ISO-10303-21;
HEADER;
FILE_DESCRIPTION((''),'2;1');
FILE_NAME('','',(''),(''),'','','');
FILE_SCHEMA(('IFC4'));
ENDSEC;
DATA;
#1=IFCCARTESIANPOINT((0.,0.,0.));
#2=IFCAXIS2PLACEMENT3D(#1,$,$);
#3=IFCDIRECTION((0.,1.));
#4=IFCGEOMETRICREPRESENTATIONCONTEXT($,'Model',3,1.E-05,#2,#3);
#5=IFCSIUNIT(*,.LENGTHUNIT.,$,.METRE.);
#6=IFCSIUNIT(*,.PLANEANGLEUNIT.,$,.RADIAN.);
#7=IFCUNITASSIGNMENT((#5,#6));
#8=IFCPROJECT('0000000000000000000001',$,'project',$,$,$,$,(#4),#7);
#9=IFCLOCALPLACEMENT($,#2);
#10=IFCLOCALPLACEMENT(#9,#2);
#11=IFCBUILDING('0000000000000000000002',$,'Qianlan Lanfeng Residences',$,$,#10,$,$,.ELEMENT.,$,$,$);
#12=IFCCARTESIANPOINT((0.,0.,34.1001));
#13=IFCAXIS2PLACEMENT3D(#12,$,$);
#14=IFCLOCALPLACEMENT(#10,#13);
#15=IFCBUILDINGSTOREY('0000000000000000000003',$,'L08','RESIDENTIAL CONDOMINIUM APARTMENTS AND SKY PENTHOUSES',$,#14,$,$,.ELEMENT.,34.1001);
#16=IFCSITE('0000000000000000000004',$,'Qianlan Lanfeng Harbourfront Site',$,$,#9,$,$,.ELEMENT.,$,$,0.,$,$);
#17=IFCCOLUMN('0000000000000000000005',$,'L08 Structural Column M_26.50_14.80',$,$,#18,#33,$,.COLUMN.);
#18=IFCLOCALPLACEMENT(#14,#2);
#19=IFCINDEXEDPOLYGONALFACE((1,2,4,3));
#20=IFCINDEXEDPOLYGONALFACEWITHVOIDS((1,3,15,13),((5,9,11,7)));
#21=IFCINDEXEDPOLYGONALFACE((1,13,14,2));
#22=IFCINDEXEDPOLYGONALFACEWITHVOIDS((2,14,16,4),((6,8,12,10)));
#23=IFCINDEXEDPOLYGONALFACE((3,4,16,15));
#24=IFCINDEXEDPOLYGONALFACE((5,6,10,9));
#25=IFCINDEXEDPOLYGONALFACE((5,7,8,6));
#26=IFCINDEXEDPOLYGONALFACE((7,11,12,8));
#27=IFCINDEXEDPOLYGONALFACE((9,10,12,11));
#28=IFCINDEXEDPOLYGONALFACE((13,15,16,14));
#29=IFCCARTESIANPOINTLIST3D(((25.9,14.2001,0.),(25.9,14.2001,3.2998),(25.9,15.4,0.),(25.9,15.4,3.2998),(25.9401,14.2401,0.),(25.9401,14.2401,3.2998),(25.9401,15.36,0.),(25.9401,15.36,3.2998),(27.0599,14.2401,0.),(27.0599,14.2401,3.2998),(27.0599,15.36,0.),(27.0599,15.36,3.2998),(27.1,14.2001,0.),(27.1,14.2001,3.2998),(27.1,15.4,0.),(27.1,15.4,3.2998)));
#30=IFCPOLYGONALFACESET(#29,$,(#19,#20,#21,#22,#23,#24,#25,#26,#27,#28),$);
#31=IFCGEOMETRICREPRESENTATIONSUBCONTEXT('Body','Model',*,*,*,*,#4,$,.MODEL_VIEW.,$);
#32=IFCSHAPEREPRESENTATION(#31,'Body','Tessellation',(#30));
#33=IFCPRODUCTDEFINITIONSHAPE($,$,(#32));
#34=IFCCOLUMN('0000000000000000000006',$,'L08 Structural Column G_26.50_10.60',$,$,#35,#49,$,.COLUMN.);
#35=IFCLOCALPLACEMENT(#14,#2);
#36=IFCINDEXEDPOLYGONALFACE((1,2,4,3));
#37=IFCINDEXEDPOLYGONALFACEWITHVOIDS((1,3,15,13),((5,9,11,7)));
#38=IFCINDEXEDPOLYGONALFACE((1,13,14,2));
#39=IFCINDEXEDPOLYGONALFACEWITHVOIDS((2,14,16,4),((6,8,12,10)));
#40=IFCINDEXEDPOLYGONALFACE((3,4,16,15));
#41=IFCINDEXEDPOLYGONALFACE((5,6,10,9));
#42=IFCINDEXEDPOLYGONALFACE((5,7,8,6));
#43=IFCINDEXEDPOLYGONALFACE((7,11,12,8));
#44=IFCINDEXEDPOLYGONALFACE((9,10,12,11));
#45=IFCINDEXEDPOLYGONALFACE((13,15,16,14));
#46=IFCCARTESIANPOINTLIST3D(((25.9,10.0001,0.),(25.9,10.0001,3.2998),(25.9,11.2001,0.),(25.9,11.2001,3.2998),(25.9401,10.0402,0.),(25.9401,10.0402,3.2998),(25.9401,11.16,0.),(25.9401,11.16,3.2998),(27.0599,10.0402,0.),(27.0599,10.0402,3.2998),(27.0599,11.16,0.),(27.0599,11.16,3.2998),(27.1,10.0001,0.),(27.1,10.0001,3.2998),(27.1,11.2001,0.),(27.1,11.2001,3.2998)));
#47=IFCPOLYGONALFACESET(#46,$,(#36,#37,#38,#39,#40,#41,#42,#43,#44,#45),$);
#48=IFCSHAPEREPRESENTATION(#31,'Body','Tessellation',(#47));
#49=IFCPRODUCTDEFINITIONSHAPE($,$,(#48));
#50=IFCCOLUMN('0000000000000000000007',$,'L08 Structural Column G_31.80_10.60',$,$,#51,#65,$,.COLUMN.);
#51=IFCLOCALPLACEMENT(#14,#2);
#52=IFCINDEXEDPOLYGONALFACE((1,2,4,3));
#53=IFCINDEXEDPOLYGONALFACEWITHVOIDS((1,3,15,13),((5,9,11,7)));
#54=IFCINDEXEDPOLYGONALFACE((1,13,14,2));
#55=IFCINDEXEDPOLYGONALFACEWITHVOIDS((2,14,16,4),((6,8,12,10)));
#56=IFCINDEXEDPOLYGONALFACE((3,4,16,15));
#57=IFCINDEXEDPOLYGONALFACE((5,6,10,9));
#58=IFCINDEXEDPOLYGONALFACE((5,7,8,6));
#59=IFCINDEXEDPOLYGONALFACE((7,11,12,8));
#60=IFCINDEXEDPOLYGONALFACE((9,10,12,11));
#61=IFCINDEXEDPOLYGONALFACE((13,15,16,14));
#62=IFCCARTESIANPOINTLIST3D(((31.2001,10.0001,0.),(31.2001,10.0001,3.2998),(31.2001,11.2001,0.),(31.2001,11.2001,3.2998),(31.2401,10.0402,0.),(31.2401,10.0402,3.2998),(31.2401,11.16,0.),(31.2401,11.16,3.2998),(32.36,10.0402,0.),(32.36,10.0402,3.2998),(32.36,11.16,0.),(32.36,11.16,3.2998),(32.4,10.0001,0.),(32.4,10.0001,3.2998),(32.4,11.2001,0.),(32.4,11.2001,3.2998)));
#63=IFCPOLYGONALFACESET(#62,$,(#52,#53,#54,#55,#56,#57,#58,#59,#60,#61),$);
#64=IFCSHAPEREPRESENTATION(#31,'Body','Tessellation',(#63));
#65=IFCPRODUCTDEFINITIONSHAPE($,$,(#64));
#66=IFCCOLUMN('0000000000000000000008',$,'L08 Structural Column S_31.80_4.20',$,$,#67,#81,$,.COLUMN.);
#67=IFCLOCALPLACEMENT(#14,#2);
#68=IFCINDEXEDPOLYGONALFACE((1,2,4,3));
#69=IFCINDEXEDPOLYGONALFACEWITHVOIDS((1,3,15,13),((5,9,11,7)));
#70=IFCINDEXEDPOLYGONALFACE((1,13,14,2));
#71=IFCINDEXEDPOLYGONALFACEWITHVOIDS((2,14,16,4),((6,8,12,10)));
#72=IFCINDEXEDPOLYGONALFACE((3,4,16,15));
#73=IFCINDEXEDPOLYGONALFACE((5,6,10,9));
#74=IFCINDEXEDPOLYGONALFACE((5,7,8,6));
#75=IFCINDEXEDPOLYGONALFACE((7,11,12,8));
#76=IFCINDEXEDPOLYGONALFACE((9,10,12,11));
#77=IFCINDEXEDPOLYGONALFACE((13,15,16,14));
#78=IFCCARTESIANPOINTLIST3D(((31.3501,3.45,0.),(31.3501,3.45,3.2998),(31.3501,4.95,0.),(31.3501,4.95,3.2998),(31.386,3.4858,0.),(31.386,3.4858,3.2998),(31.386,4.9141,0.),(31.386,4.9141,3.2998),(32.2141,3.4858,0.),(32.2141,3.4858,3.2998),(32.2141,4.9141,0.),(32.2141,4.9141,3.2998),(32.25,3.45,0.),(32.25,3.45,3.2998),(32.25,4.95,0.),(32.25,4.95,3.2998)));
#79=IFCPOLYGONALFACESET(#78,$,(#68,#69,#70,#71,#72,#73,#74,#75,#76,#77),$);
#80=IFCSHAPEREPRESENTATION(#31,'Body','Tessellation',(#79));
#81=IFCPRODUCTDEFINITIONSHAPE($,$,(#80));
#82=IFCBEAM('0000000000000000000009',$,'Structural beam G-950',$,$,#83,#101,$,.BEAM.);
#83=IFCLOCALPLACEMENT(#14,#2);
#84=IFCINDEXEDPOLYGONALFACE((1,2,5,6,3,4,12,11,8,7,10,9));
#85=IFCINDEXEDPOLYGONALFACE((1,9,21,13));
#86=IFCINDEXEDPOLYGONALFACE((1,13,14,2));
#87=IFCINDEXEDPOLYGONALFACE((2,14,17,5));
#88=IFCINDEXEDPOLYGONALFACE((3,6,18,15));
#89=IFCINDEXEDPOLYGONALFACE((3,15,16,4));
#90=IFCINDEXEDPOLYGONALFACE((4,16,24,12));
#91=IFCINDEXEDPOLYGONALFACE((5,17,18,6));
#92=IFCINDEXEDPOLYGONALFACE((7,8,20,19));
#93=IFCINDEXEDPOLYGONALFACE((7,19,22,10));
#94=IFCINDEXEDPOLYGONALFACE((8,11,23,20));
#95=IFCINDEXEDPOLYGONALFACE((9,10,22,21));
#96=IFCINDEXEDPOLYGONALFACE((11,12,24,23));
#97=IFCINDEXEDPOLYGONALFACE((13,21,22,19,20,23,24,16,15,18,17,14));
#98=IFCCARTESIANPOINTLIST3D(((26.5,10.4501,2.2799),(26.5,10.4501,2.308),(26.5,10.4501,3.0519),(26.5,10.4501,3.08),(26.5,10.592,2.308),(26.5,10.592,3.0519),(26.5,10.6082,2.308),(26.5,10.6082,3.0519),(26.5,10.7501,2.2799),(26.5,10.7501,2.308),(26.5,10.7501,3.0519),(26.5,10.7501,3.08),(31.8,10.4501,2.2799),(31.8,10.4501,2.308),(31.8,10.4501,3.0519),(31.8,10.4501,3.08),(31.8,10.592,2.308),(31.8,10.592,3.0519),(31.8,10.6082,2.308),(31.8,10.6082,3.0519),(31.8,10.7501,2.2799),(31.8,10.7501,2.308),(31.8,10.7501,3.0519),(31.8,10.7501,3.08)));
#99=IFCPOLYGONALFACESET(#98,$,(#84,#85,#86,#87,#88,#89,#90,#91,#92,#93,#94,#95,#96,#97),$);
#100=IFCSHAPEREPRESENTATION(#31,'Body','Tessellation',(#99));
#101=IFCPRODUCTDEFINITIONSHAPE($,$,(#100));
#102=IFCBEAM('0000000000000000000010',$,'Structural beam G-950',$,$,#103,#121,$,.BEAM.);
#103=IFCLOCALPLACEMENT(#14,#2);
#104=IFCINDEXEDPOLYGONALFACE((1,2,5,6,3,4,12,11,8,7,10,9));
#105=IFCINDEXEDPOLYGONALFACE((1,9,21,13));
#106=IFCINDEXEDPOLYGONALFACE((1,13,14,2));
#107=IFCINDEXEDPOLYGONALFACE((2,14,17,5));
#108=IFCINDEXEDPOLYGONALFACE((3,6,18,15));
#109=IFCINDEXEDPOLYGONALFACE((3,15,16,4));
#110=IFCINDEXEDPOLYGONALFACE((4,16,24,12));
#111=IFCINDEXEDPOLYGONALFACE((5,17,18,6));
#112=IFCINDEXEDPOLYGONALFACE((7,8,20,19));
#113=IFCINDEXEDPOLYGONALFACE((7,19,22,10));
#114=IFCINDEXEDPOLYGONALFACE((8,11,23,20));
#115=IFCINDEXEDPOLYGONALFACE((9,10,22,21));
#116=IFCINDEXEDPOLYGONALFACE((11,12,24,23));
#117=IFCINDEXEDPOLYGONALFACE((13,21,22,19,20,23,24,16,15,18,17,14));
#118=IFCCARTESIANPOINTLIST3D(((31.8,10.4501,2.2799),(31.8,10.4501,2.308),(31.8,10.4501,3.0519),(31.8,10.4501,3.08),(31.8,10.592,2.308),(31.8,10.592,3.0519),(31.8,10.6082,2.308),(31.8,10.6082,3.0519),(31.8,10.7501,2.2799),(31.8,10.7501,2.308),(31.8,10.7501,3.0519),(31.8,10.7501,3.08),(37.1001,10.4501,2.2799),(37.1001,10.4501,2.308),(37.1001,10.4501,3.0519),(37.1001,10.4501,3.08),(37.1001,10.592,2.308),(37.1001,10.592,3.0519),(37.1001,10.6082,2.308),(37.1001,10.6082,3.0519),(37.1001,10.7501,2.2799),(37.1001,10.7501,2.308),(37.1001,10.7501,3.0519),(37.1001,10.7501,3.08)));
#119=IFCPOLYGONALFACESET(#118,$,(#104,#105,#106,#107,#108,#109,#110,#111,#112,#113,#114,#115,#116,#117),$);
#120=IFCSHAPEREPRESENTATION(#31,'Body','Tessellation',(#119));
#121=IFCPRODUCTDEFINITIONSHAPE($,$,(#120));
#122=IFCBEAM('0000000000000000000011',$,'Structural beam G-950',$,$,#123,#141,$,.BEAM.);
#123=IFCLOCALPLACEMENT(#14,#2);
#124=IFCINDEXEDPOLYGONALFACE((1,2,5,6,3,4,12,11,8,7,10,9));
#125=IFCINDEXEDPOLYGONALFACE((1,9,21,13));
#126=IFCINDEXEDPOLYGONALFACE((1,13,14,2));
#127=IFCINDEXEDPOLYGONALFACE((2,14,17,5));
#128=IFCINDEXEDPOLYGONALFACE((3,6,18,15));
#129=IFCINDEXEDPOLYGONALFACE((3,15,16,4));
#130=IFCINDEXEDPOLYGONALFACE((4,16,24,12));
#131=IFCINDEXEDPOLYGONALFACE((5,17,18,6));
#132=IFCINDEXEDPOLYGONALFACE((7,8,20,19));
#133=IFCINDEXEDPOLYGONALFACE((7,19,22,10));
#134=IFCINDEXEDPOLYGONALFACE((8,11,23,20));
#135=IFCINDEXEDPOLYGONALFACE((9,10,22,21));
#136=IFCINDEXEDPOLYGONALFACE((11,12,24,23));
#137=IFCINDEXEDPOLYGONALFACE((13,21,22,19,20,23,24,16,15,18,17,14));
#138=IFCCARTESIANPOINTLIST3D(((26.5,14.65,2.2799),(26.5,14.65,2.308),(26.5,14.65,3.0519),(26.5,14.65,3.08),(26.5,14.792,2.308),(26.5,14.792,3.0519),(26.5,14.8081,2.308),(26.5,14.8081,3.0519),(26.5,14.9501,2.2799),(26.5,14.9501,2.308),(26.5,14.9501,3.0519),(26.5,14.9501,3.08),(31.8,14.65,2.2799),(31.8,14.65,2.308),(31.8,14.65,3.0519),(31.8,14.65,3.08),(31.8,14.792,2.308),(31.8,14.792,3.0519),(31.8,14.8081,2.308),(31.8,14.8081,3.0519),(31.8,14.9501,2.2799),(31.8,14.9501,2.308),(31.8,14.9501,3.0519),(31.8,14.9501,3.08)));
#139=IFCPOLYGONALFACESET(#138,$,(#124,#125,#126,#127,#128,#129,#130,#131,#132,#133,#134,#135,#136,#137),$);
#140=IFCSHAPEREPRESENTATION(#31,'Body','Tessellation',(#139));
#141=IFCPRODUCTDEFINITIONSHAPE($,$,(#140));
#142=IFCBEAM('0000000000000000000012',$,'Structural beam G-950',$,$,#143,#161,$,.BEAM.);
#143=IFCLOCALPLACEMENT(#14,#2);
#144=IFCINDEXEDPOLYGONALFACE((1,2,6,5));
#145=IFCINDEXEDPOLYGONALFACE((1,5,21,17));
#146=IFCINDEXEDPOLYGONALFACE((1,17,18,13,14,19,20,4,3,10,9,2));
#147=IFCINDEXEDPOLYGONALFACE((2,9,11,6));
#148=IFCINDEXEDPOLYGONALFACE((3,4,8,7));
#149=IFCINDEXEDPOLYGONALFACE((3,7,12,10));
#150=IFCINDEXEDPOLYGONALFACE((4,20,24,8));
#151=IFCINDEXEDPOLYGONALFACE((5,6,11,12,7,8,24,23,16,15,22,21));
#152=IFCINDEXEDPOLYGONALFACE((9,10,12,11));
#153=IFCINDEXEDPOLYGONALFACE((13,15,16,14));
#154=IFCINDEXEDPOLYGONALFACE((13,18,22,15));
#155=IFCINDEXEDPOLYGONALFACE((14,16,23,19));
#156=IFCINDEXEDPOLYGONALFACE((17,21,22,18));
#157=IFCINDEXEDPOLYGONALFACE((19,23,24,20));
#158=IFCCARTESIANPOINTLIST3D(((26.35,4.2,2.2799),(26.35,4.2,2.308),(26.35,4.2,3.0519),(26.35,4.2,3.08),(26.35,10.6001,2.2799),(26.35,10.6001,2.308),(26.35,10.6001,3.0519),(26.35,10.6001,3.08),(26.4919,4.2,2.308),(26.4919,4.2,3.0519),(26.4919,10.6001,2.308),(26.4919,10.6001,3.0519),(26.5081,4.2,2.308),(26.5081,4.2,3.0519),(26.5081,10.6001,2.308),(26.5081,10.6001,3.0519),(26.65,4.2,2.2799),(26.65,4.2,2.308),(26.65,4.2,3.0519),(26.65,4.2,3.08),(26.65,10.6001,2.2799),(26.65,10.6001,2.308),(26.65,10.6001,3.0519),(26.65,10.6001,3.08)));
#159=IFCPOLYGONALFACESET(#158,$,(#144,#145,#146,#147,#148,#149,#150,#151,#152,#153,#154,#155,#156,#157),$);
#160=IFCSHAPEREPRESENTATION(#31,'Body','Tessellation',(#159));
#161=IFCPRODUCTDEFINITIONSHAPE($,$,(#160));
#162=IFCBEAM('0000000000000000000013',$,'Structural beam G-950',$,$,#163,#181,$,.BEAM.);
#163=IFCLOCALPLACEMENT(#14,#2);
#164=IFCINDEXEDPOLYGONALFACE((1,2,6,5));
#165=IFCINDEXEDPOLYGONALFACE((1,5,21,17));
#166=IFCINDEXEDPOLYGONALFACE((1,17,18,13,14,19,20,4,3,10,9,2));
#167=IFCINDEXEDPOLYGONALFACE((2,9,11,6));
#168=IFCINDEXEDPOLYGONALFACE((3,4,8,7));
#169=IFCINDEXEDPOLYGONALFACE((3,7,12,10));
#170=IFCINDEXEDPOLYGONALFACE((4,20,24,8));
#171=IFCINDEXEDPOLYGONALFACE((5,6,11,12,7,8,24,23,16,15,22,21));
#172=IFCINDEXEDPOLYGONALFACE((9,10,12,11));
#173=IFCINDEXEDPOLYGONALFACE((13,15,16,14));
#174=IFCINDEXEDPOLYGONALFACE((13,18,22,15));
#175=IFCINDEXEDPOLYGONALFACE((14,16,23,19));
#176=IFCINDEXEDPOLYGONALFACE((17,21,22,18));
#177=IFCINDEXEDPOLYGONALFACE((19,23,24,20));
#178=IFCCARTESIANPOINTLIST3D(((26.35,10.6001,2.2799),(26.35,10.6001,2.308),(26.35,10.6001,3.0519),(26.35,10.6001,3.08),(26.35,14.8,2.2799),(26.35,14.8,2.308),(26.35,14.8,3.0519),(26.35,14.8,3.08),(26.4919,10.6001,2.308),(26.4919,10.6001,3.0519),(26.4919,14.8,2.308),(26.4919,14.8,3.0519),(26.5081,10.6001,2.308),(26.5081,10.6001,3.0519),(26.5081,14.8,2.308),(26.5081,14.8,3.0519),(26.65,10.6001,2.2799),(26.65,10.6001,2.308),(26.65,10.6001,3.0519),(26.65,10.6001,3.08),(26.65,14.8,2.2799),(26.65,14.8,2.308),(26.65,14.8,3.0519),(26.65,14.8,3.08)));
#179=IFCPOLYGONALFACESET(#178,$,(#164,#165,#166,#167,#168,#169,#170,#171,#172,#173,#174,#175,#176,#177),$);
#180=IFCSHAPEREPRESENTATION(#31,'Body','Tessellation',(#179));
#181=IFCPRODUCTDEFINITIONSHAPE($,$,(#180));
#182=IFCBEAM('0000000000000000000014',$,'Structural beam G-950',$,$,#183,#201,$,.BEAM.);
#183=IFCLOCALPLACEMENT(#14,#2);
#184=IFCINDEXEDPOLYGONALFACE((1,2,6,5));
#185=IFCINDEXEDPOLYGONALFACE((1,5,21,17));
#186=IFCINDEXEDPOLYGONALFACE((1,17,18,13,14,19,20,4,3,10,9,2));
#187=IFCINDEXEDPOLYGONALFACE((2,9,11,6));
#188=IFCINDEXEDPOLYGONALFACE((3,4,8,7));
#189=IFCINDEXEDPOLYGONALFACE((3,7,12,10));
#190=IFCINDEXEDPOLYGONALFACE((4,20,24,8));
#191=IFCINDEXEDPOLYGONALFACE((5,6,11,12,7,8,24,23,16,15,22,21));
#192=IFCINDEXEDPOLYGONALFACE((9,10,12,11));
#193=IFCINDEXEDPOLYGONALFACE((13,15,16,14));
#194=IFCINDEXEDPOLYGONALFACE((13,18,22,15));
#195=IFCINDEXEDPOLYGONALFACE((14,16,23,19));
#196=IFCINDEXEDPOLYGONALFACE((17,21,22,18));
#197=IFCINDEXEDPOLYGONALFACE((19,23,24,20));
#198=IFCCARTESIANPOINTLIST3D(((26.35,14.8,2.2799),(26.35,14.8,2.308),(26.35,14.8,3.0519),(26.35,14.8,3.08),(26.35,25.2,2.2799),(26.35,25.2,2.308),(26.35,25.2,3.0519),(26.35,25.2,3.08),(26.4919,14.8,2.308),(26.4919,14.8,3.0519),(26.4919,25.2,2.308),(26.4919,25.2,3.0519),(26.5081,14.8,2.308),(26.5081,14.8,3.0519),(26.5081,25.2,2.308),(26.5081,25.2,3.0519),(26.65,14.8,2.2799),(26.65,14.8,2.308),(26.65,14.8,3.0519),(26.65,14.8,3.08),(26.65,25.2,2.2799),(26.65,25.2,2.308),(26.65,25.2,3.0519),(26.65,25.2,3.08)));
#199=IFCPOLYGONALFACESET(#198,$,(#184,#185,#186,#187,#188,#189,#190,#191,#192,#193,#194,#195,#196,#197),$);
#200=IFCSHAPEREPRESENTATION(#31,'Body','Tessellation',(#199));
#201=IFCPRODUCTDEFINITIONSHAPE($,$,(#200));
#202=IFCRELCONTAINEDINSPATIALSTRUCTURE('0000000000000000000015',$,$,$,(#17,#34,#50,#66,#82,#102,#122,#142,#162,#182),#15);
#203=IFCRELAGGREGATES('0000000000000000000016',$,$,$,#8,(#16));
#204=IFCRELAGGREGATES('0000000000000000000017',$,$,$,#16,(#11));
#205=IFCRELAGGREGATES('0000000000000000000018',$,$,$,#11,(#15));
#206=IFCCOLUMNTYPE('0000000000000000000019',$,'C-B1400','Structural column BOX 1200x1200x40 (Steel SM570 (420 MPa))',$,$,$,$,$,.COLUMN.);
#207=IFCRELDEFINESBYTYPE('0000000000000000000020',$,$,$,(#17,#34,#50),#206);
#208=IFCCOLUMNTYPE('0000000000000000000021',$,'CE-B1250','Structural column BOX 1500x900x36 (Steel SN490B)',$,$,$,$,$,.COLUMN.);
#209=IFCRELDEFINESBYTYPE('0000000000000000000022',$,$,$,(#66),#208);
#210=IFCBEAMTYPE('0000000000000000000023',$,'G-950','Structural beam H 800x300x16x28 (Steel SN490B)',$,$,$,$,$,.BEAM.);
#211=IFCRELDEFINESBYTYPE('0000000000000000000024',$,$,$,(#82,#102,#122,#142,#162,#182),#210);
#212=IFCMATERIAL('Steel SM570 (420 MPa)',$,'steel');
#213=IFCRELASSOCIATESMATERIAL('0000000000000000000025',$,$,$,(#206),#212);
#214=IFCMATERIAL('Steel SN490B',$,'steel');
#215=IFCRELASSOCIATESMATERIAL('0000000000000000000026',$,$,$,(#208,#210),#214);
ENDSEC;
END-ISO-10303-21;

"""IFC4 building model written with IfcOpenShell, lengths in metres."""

from ifc_helpers import new_model, si_unit, direction, frame, origin, origin_2d, place, context, subcontext, project, spatial, hollow_rectangle, i_section, extrude, material, material_profile, profile_set, type_object, element, save


model = new_model("IFC4")

# Units and contexts
model_context = context("Model", 3, precision=1e-05, world=origin(), true_north=direction((0.0, 1.0)))
body_context = subcontext(model_context, "Body", "Model", "MODEL_VIEW")
ifc_project = project(units=[si_unit("LENGTHUNIT", "METRE"), si_unit("PLANEANGLEUNIT", "RADIAN")], contexts=[model_context])

# Site, building, storey
site_placement = place(None, origin())
site = spatial("IfcSite", under=ifc_project, at=site_placement, Name="Qianlan Lanfeng Harbourfront Site", CompositionType="ELEMENT", RefElevation=0.0)
building_placement = place(site_placement, origin())
building = spatial("IfcBuilding", under=site, at=building_placement, Name="Qianlan Lanfeng Residences", CompositionType="ELEMENT")
storey_placement = place(building_placement, frame((0.0, 0.0, 34.1001)))
storey = spatial("IfcBuildingStorey", under=building, at=storey_placement, Name="L08", Description="RESIDENTIAL CONDOMINIUM APARTMENTS AND SKY PENTHOUSES", CompositionType="ELEMENT", Elevation=34.1001)

# Columns
ifc_material_1 = material(Name="Steel SM570 (420 MPa)", Category="steel")
ifc_material_profile_1 = material_profile(ifc_material_1, hollow_rectangle(XDim=1.2, YDim=1.2, WallThickness=0.04, at=origin_2d()), Name="BOX 1200x1200x40")
ifc_profile_set_1 = profile_set([ifc_material_profile_1], Name="Steel SM570 (420 MPa)")
column_type_1 = type_object("IfcColumnType", Name="C-B1400", Description="Structural column BOX 1200x1200x40 (Steel SM570 (420 MPa))", PredefinedType="COLUMN", material=ifc_profile_set_1)
for number, where, z_axis, x_axis, name in (
    (1, (26.5, 14.8, 0.0), (0.0, 0.0, 1.0), (1.0, 0.0, 0.0), "L08 Structural Column M_26.50_14.80"),
    (2, (26.5, 10.6001, 0.0), (0.0, 0.0, 1.0), (1.0, 0.0, 0.0), "L08 Structural Column G_26.50_10.60"),
    (3, (31.8, 10.6001, 0.0), (0.0, 0.0, 1.0), (1.0, 0.0, 0.0), "L08 Structural Column G_31.80_10.60"),
):
    element("IfcColumn", number, at=place(storey_placement, frame(where, z_axis=z_axis, x_axis=x_axis)), inside=storey, type_object=column_type_1, Name=name, PredefinedType="COLUMN", context=body_context, shape_type="SweptSolid", body=[
        extrude(hollow_rectangle(XDim=1.2, YDim=1.2, WallThickness=0.04, at=origin_2d()), origin(), (0.0, 0.0, 1.0), 3.2998),
    ])
ifc_material_2 = material(Name="Steel SN490B", Category="steel")
ifc_material_profile_2 = material_profile(ifc_material_2, hollow_rectangle(XDim=0.8999, YDim=1.5, WallThickness=0.0359, at=origin_2d()), Name="BOX 1500x900x36")
ifc_profile_set_2 = profile_set([ifc_material_profile_2], Name="Steel SN490B")
column_type_2 = type_object("IfcColumnType", Name="CE-B1250", Description="Structural column BOX 1500x900x36 (Steel SN490B)", PredefinedType="COLUMN", material=ifc_profile_set_2)
column_placement = place(storey_placement, frame((31.8, 4.2, 0.0), z_axis=(0.0, 0.0, 1.0), x_axis=(1.0, 0.0, 0.0)))
element("IfcColumn", 4, at=column_placement, inside=storey, type_object=column_type_2, Name="L08 Structural Column S_31.80_4.20", PredefinedType="COLUMN", context=body_context, shape_type="SweptSolid", body=[
    extrude(hollow_rectangle(XDim=0.8999, YDim=1.5, WallThickness=0.0359, at=origin_2d()), origin(), (0.0, 0.0, 1.0), 3.2998),
])

# Beams
ifc_material_profile_3 = material_profile(ifc_material_2, i_section(OverallWidth=0.3, OverallDepth=0.8, WebThickness=0.0161, FlangeThickness=0.0281, at=origin_2d()), Name="H 800x300x16x28")
ifc_profile_set_3 = profile_set([ifc_material_profile_3], Name="Steel SN490B")
beam_type_1 = type_object("IfcBeamType", Name="G-950", Description="Structural beam H 800x300x16x28 (Steel SN490B)", PredefinedType="BEAM", material=ifc_profile_set_3)
for number, where, z_axis, x_axis, name in (
    (5, (26.5, 10.6001, 2.6799), (1.0, 0.0, 0.0), (0.0, 1.0, 0.0), "Structural beam G-950"),
    (6, (31.8, 10.6001, 2.6799), (1.0, 0.0, 0.0), (0.0, 1.0, 0.0), "Structural beam G-950"),
    (7, (26.5, 14.8, 2.6799), (1.0, 0.0, 0.0), (0.0, 1.0, 0.0), "Structural beam G-950"),
):
    element("IfcBeam", number, at=place(storey_placement, frame(where, z_axis=z_axis, x_axis=x_axis)), inside=storey, type_object=beam_type_1, Name=name, PredefinedType="BEAM", context=body_context, shape_type="SweptSolid", body=[
        extrude(i_section(OverallWidth=0.3, OverallDepth=0.8, WebThickness=0.0161, FlangeThickness=0.0281, at=origin_2d()), origin(), (0.0, 0.0, 1.0), 5.3),
    ])
beam_1_placement = place(storey_placement, frame((26.5, 4.2, 2.6799), z_axis=(0.0, 1.0, 0.0), x_axis=(-1.0, 0.0, 0.0)))
element("IfcBeam", 8, at=beam_1_placement, inside=storey, type_object=beam_type_1, Name="Structural beam G-950", PredefinedType="BEAM", context=body_context, shape_type="SweptSolid", body=[
    extrude(i_section(OverallWidth=0.3, OverallDepth=0.8, WebThickness=0.0161, FlangeThickness=0.0281, at=origin_2d()), origin(), (0.0, 0.0, 1.0), 6.4001),
])
beam_2_placement = place(storey_placement, frame((26.5, 10.6001, 2.6799), z_axis=(0.0, 1.0, 0.0), x_axis=(-1.0, 0.0, 0.0)))
element("IfcBeam", 9, at=beam_2_placement, inside=storey, type_object=beam_type_1, Name="Structural beam G-950", PredefinedType="BEAM", context=body_context, shape_type="SweptSolid", body=[
    extrude(i_section(OverallWidth=0.3, OverallDepth=0.8, WebThickness=0.0161, FlangeThickness=0.0281, at=origin_2d()), origin(), (0.0, 0.0, 1.0), 4.2),
])
beam_3_placement = place(storey_placement, frame((26.5, 14.8, 2.6799), z_axis=(0.0, 1.0, 0.0), x_axis=(-1.0, 0.0, 0.0)))
element("IfcBeam", 10, at=beam_3_placement, inside=storey, type_object=beam_type_1, Name="Structural beam G-950", PredefinedType="BEAM", context=body_context, shape_type="SweptSolid", body=[
    extrude(i_section(OverallWidth=0.3, OverallDepth=0.8, WebThickness=0.0161, FlangeThickness=0.0281, at=origin_2d()), origin(), (0.0, 0.0, 1.0), 10.3999),
])

save(model, "model.ifc")
